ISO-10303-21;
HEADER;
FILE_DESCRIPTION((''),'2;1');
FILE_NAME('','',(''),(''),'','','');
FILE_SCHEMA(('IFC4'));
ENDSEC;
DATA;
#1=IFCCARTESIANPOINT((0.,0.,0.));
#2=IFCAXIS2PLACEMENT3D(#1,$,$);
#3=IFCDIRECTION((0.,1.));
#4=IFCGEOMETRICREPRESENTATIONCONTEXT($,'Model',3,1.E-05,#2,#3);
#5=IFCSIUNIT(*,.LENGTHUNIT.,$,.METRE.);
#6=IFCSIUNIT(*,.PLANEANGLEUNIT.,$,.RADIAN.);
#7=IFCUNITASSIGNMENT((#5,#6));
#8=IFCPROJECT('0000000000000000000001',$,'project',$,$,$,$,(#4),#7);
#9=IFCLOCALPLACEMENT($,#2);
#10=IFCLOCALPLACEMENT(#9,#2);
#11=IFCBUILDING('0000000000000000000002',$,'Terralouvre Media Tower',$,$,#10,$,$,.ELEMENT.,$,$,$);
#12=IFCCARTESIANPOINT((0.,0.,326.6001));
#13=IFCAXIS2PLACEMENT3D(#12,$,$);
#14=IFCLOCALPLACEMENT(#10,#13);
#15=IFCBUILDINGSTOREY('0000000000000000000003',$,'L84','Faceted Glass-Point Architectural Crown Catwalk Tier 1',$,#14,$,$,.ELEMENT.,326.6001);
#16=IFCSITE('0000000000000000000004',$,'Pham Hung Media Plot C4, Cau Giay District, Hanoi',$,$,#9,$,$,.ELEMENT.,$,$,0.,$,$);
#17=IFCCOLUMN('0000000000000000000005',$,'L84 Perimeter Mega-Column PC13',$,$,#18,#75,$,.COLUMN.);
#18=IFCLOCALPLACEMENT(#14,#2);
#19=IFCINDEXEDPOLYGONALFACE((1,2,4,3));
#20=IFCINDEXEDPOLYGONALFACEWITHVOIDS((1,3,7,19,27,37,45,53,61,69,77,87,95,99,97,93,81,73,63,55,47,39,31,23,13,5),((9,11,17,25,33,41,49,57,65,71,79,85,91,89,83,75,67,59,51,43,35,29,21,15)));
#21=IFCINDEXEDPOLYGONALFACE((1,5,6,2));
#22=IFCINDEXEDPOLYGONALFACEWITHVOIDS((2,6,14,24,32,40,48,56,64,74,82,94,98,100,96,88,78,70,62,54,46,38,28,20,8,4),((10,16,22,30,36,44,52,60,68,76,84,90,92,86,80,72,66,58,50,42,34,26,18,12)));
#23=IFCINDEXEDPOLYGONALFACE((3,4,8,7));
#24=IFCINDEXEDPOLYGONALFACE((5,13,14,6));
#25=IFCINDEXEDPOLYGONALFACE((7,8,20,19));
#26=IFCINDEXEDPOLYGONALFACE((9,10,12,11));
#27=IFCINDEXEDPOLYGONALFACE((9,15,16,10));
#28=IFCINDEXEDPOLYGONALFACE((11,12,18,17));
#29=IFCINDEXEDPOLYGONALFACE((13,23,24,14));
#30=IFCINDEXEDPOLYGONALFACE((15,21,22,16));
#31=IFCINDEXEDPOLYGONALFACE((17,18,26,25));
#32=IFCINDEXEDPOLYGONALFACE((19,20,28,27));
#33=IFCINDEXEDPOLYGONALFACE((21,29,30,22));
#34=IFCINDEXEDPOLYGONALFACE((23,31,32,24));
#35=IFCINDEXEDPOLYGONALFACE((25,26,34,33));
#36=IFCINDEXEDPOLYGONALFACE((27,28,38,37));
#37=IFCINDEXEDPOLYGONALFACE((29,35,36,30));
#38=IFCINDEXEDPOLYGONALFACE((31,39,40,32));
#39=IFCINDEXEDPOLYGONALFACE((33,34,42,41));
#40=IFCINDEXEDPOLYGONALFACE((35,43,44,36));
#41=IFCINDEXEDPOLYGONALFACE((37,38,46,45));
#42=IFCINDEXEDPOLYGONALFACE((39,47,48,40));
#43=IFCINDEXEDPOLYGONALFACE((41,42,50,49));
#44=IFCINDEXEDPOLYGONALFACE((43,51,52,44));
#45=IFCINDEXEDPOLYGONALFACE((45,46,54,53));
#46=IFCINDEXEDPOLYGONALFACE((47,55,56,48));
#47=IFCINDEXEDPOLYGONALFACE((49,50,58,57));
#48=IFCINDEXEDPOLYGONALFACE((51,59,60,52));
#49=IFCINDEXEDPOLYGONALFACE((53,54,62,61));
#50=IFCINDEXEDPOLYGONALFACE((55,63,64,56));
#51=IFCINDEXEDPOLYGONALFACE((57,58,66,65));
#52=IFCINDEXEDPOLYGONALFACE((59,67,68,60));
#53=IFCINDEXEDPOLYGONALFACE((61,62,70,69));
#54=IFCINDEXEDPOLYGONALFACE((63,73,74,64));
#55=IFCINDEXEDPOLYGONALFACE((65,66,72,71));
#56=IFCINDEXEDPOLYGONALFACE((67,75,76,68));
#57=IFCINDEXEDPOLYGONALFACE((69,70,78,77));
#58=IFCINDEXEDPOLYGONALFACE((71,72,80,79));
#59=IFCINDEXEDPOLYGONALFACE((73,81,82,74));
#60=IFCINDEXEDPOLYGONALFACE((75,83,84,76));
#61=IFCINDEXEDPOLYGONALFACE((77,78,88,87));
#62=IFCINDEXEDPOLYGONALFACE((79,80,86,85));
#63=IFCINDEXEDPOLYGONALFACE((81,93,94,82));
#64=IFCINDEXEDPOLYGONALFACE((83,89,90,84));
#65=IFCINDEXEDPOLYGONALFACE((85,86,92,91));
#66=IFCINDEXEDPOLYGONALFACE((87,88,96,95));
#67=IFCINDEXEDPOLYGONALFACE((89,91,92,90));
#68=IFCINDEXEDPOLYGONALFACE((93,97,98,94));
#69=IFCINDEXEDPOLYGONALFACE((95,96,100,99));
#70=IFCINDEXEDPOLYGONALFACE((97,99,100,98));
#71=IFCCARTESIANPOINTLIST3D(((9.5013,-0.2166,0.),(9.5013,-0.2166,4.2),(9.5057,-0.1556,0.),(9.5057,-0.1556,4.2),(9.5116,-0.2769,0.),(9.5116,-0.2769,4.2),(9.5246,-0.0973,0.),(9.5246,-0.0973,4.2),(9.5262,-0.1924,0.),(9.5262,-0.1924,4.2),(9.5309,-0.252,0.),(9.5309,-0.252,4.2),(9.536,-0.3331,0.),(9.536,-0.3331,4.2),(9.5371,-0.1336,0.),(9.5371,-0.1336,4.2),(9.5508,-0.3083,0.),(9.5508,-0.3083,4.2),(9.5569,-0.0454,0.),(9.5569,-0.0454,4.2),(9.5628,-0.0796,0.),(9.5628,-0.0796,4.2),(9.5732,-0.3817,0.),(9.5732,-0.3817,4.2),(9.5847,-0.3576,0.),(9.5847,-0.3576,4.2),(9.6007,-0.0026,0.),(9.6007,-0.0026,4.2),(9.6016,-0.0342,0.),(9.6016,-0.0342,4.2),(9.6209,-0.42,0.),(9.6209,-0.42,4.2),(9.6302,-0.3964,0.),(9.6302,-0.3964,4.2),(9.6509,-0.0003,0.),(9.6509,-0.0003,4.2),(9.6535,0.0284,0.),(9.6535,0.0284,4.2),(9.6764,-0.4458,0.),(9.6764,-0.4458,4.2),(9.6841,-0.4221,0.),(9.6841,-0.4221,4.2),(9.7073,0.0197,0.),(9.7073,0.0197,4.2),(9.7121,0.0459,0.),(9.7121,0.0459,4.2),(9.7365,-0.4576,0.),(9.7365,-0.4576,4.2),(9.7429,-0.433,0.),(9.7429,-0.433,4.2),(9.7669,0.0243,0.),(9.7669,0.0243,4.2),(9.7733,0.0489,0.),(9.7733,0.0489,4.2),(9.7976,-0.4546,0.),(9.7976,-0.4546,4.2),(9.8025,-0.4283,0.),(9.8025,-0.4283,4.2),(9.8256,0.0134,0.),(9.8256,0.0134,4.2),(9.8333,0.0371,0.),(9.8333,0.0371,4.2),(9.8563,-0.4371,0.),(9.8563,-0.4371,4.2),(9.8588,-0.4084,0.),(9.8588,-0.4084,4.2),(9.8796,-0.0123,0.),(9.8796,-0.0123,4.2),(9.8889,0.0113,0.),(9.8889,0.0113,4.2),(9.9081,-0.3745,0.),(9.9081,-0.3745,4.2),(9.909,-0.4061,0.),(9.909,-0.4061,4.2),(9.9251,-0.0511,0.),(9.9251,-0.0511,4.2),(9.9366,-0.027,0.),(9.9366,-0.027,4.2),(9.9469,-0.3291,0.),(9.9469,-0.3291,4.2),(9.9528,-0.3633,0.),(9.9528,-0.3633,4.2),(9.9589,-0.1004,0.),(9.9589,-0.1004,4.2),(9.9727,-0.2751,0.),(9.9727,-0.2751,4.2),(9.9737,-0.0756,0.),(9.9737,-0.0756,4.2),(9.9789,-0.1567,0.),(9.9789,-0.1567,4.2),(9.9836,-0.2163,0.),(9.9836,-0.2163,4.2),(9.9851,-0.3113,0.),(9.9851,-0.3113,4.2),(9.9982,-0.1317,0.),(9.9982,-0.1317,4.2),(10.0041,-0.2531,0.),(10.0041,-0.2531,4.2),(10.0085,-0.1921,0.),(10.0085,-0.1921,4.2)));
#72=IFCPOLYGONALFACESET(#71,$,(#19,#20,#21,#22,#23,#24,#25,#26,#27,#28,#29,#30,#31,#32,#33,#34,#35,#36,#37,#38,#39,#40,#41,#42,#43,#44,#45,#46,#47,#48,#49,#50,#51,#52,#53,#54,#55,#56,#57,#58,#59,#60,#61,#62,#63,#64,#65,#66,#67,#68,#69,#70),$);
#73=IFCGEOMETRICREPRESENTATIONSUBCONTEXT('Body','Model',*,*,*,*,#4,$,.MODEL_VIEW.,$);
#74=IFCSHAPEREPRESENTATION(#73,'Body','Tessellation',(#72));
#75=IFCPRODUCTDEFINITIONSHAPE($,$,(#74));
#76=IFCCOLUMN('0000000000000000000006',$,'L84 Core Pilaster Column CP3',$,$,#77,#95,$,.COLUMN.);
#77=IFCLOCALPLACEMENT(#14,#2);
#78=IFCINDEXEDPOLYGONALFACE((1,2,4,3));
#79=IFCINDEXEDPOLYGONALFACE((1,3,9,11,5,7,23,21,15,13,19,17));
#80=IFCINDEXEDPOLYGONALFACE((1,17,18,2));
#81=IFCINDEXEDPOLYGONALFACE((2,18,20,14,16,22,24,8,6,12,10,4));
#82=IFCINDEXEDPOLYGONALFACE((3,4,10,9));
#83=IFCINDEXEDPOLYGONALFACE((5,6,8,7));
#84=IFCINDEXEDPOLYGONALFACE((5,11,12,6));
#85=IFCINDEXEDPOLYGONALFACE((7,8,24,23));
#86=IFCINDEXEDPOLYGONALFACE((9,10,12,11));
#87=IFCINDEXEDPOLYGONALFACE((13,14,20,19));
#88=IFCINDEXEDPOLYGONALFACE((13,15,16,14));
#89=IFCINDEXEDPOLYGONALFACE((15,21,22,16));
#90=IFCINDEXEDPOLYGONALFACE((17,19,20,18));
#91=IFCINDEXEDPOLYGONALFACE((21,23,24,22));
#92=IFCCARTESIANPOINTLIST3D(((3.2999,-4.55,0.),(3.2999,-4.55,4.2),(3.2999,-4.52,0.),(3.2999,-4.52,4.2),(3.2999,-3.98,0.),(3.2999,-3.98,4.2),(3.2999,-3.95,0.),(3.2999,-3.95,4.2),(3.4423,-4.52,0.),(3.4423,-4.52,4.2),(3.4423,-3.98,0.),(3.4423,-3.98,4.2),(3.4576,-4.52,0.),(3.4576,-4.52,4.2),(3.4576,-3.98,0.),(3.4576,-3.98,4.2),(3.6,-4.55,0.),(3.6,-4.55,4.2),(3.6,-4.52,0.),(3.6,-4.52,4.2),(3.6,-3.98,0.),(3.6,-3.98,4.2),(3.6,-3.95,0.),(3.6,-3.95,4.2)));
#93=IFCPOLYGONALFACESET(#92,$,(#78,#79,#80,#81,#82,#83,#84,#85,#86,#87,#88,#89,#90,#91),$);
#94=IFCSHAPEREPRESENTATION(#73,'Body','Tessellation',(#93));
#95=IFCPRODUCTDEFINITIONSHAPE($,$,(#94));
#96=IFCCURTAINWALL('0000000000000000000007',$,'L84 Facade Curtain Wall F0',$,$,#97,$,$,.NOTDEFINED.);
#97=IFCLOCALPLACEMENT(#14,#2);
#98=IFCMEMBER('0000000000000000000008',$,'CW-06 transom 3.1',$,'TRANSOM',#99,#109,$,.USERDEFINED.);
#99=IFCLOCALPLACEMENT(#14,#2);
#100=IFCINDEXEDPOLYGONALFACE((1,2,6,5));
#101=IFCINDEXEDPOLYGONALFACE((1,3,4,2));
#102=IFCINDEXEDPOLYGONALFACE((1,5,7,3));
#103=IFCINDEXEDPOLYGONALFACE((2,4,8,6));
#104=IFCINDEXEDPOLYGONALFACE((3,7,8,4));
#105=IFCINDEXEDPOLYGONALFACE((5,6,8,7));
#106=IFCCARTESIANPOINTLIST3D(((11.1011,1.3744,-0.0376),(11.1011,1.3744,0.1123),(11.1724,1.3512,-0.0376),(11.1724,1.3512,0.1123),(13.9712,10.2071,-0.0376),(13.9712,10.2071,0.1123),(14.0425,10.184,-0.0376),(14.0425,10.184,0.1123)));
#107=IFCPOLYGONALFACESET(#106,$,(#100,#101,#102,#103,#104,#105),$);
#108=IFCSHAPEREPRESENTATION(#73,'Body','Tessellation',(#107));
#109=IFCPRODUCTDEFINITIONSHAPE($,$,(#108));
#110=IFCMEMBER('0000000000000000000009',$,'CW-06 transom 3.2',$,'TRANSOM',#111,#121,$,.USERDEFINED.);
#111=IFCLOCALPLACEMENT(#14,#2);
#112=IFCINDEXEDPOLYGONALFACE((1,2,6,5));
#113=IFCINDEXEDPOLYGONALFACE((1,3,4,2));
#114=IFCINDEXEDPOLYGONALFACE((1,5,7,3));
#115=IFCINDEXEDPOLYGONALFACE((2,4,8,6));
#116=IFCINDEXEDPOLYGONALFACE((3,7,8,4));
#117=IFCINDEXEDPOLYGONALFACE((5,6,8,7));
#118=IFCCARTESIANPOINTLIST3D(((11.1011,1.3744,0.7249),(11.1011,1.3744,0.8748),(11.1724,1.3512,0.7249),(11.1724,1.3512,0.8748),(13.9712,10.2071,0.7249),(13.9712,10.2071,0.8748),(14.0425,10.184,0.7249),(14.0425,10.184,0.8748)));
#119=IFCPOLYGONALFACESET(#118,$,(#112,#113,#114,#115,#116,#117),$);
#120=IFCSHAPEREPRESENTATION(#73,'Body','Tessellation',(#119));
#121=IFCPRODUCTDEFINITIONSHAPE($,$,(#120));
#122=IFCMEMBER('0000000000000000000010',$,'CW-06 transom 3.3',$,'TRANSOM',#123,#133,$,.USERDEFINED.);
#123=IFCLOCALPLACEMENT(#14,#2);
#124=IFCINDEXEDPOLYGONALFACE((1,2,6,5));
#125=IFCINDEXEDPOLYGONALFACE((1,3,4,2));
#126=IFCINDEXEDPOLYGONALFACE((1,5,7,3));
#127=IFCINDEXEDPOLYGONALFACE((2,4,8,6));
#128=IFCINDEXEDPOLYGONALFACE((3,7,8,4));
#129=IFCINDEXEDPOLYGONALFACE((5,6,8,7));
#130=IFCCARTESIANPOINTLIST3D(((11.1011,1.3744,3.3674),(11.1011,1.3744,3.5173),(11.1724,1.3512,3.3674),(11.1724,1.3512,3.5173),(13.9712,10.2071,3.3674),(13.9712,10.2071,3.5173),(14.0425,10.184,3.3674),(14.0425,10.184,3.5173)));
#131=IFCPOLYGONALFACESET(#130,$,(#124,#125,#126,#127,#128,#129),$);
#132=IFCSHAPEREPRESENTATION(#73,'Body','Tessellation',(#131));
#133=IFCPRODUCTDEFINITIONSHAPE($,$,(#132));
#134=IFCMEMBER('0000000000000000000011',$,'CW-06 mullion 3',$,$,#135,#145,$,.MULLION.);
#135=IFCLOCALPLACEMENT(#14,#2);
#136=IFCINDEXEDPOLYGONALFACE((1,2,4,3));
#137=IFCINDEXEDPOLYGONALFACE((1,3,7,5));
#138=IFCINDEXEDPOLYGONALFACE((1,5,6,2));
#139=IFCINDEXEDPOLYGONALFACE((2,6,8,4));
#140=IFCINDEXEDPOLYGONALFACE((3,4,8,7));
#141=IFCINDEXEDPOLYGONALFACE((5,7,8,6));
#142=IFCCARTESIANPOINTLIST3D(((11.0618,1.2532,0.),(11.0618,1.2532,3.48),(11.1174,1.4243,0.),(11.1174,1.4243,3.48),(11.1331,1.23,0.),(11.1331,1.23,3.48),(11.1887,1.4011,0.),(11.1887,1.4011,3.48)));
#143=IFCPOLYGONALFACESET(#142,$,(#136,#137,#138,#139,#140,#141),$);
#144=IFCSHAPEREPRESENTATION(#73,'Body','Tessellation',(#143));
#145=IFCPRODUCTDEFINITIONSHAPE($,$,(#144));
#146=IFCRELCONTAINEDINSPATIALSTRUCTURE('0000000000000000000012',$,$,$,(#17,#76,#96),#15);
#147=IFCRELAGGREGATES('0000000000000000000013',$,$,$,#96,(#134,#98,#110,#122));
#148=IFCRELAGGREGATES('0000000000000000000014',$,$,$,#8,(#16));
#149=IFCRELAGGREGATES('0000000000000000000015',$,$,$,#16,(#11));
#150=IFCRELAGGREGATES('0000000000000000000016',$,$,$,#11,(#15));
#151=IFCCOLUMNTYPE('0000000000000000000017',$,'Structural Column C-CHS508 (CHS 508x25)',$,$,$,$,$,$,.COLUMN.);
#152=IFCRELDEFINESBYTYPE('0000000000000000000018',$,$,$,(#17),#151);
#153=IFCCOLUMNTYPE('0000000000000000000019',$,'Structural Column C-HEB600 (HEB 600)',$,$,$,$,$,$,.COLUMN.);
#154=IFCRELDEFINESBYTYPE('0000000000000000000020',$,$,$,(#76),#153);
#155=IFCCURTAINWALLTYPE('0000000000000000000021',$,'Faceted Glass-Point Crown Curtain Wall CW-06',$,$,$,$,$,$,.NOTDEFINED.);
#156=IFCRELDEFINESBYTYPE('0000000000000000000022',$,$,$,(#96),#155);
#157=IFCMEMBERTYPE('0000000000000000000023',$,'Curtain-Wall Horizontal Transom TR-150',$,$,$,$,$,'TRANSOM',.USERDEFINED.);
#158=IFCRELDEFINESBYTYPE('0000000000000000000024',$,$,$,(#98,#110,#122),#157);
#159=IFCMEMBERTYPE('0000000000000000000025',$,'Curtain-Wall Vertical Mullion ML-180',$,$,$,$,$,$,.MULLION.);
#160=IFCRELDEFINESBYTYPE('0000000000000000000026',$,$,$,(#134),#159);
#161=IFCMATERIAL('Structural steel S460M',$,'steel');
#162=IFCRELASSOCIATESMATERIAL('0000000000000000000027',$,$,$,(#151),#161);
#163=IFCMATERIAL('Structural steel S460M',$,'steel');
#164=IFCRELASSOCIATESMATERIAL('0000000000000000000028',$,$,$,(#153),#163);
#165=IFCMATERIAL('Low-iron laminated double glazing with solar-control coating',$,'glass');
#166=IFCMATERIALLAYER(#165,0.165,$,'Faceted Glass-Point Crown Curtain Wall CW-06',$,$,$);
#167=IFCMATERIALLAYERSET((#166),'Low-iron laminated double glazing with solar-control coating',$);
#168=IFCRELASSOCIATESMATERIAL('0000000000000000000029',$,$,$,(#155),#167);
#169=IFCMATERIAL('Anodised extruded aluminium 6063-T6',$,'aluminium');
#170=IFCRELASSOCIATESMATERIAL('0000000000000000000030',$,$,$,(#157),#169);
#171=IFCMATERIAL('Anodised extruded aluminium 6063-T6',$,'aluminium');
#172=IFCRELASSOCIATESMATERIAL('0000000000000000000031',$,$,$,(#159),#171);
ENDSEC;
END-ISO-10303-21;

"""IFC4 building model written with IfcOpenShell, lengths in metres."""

from ifc_helpers import new_model, si_unit, direction, frame, origin, origin_2d, place, context, subcontext, project, spatial, rectangle, hollow_circle, i_section, extrude, material, layer, layer_set, material_profile, profile_set, type_object, element, aggregate, save


model = new_model("IFC4")

# Units and contexts
model_context = context("Model", 3, precision=1e-05, world=origin(), true_north=direction((0.0, 1.0)))
body_context = subcontext(model_context, "Body", "Model", "MODEL_VIEW")
ifc_project = project(units=[si_unit("LENGTHUNIT", "METRE"), si_unit("PLANEANGLEUNIT", "RADIAN")], contexts=[model_context])

# Site, building, storey
site_placement = place(None, origin())
site = spatial("IfcSite", under=ifc_project, at=site_placement, Name="Pham Hung Media Plot C4, Cau Giay District, Hanoi", CompositionType="ELEMENT", RefElevation=0.0)
building_placement = place(site_placement, origin())
building = spatial("IfcBuilding", under=site, at=building_placement, Name="Terralouvre Media Tower", CompositionType="ELEMENT")
storey_placement = place(building_placement, frame((0.0, 0.0, 326.6001)))
storey = spatial("IfcBuildingStorey", under=building, at=storey_placement, Name="L84", Description="Faceted Glass-Point Architectural Crown Catwalk Tier 1", CompositionType="ELEMENT", Elevation=326.6001)

# Columns
ifc_material_1 = material(Name="Structural steel S460M", Category="steel")
ifc_material_profile_1 = material_profile(ifc_material_1, hollow_circle(Radius=0.2539, WallThickness=0.0249, at=origin_2d()), Name="CHS 508x25")
ifc_profile_set_1 = profile_set([ifc_material_profile_1], Name="Structural steel S460M")
column_type_1 = type_object("IfcColumnType", Name="Structural Column C-CHS508 (CHS 508x25)", PredefinedType="COLUMN", material=ifc_profile_set_1)
column_1_placement = place(storey_placement, frame((9.7549, -0.2043, 0.0), z_axis=(0.0, 0.0, 1.0), x_axis=(0.309017, 0.951057, 0.0)))
element("IfcColumn", 1, at=column_1_placement, inside=storey, type_object=column_type_1, Name="L84 Perimeter Mega-Column PC13", PredefinedType="COLUMN", context=body_context, shape_type="SweptSolid", body=[
    extrude(hollow_circle(Radius=0.2539, WallThickness=0.0249, at=origin_2d()), origin(), (0.0, 0.0, 1.0), 4.2),
])
ifc_material_2 = material(Name="Structural steel S460M", Category="steel")
ifc_material_profile_2 = material_profile(ifc_material_2, i_section(OverallWidth=0.3, OverallDepth=0.6001, WebThickness=0.0154, FlangeThickness=0.03, at=origin_2d()), Name="HEB 600")
ifc_profile_set_2 = profile_set([ifc_material_profile_2], Name="Structural steel S460M")
column_type_2 = type_object("IfcColumnType", Name="Structural Column C-HEB600 (HEB 600)", PredefinedType="COLUMN", material=ifc_profile_set_2)
column_2_placement = place(storey_placement, frame((3.45, -4.25, 0.0), z_axis=(0.0, 0.0, 1.0), x_axis=(1.0, 0.0, 0.0)))
element("IfcColumn", 2, at=column_2_placement, inside=storey, type_object=column_type_2, Name="L84 Core Pilaster Column CP3", PredefinedType="COLUMN", context=body_context, shape_type="SweptSolid", body=[
    extrude(i_section(OverallWidth=0.3, OverallDepth=0.6001, WebThickness=0.0154, FlangeThickness=0.03, at=origin_2d()), origin(), (0.0, 0.0, 1.0), 4.2),
])

# Curtain wall, members
ifc_material_3 = material(Name="Low-iron laminated double glazing with solar-control coating", Category="glass")
ifc_layer_1 = layer(ifc_material_3, 0.165, Name="Faceted Glass-Point Crown Curtain Wall CW-06")
ifc_layer_set_1 = layer_set([ifc_layer_1], Name="Low-iron laminated double glazing with solar-control coating")
curtain_wall_type = type_object("IfcCurtainWallType", Name="Faceted Glass-Point Crown Curtain Wall CW-06", PredefinedType="NOTDEFINED", material=ifc_layer_set_1)
curtain_wall_placement = place(storey_placement, origin())
curtain_wall = element("IfcCurtainWall", 3, at=curtain_wall_placement, inside=storey, type_object=curtain_wall_type, Name="L84 Facade Curtain Wall F0", PredefinedType="NOTDEFINED")
ifc_material_4 = material(Name="Anodised extruded aluminium 6063-T6", Category="aluminium")
ifc_material_profile_3 = material_profile(ifc_material_4, rectangle(XDim=0.075, YDim=0.1499, at=origin_2d()), Name="ALU 75x150")
ifc_profile_set_3 = profile_set([ifc_material_profile_3], Name="Anodised extruded aluminium 6063-T6")
member_type_1 = type_object("IfcMemberType", Name="Curtain-Wall Horizontal Transom TR-150", ElementType="TRANSOM", PredefinedType="USERDEFINED", material=ifc_profile_set_3)
member_1_placement = place(storey_placement, frame((11.1367, 1.3628, 0.0374), z_axis=(0.309034, 0.951051, 0.0), x_axis=(-0.951051, 0.309034, 0.0)))
member_1 = element("IfcMember", 4, at=member_1_placement, type_object=member_type_1, Name="CW-06 transom 3.1", ObjectType="TRANSOM", PredefinedType="USERDEFINED", context=body_context, shape_type="SweptSolid", body=[
    extrude(rectangle(XDim=0.075, YDim=0.1499, at=origin_2d()), origin(), (0.0, 0.0, 1.0), 9.2874),
])
member_2_placement = place(storey_placement, frame((11.1367, 1.3628, 0.7998), z_axis=(0.309034, 0.951051, 0.0), x_axis=(-0.951051, 0.309034, 0.0)))
member_2 = element("IfcMember", 5, at=member_2_placement, type_object=member_type_1, Name="CW-06 transom 3.2", ObjectType="TRANSOM", PredefinedType="USERDEFINED", context=body_context, shape_type="SweptSolid", body=[
    extrude(rectangle(XDim=0.075, YDim=0.1499, at=origin_2d()), origin(), (0.0, 0.0, 1.0), 9.2874),
])
member_3_placement = place(storey_placement, frame((11.1367, 1.3628, 3.4424), z_axis=(0.309034, 0.951051, 0.0), x_axis=(-0.951051, 0.309034, 0.0)))
member_3 = element("IfcMember", 6, at=member_3_placement, type_object=member_type_1, Name="CW-06 transom 3.3", ObjectType="TRANSOM", PredefinedType="USERDEFINED", context=body_context, shape_type="SweptSolid", body=[
    extrude(rectangle(XDim=0.075, YDim=0.1499, at=origin_2d()), origin(), (0.0, 0.0, 1.0), 9.2874),
])
ifc_material_5 = material(Name="Anodised extruded aluminium 6063-T6", Category="aluminium")
ifc_material_profile_4 = material_profile(ifc_material_5, rectangle(XDim=0.075, YDim=0.1799, at=origin_2d()), Name="ALU 75x180")
ifc_profile_set_4 = profile_set([ifc_material_profile_4], Name="Anodised extruded aluminium 6063-T6")
member_type_2 = type_object("IfcMemberType", Name="Curtain-Wall Vertical Mullion ML-180", PredefinedType="MULLION", material=ifc_profile_set_4)
member_4_placement = place(storey_placement, frame((11.1252, 1.3271, 0.0), z_axis=(0.0, 0.0, 1.0), x_axis=(-0.951057, 0.309017, 0.0)))
member_4 = element("IfcMember", 7, at=member_4_placement, type_object=member_type_2, Name="CW-06 mullion 3", PredefinedType="MULLION", context=body_context, shape_type="SweptSolid", body=[
    extrude(rectangle(XDim=0.075, YDim=0.1799, at=origin_2d()), origin(), (0.0, 0.0, 1.0), 3.48),
])

aggregate(curtain_wall, [member_4, member_1, member_2, member_3])

save(model, "model.ifc")
